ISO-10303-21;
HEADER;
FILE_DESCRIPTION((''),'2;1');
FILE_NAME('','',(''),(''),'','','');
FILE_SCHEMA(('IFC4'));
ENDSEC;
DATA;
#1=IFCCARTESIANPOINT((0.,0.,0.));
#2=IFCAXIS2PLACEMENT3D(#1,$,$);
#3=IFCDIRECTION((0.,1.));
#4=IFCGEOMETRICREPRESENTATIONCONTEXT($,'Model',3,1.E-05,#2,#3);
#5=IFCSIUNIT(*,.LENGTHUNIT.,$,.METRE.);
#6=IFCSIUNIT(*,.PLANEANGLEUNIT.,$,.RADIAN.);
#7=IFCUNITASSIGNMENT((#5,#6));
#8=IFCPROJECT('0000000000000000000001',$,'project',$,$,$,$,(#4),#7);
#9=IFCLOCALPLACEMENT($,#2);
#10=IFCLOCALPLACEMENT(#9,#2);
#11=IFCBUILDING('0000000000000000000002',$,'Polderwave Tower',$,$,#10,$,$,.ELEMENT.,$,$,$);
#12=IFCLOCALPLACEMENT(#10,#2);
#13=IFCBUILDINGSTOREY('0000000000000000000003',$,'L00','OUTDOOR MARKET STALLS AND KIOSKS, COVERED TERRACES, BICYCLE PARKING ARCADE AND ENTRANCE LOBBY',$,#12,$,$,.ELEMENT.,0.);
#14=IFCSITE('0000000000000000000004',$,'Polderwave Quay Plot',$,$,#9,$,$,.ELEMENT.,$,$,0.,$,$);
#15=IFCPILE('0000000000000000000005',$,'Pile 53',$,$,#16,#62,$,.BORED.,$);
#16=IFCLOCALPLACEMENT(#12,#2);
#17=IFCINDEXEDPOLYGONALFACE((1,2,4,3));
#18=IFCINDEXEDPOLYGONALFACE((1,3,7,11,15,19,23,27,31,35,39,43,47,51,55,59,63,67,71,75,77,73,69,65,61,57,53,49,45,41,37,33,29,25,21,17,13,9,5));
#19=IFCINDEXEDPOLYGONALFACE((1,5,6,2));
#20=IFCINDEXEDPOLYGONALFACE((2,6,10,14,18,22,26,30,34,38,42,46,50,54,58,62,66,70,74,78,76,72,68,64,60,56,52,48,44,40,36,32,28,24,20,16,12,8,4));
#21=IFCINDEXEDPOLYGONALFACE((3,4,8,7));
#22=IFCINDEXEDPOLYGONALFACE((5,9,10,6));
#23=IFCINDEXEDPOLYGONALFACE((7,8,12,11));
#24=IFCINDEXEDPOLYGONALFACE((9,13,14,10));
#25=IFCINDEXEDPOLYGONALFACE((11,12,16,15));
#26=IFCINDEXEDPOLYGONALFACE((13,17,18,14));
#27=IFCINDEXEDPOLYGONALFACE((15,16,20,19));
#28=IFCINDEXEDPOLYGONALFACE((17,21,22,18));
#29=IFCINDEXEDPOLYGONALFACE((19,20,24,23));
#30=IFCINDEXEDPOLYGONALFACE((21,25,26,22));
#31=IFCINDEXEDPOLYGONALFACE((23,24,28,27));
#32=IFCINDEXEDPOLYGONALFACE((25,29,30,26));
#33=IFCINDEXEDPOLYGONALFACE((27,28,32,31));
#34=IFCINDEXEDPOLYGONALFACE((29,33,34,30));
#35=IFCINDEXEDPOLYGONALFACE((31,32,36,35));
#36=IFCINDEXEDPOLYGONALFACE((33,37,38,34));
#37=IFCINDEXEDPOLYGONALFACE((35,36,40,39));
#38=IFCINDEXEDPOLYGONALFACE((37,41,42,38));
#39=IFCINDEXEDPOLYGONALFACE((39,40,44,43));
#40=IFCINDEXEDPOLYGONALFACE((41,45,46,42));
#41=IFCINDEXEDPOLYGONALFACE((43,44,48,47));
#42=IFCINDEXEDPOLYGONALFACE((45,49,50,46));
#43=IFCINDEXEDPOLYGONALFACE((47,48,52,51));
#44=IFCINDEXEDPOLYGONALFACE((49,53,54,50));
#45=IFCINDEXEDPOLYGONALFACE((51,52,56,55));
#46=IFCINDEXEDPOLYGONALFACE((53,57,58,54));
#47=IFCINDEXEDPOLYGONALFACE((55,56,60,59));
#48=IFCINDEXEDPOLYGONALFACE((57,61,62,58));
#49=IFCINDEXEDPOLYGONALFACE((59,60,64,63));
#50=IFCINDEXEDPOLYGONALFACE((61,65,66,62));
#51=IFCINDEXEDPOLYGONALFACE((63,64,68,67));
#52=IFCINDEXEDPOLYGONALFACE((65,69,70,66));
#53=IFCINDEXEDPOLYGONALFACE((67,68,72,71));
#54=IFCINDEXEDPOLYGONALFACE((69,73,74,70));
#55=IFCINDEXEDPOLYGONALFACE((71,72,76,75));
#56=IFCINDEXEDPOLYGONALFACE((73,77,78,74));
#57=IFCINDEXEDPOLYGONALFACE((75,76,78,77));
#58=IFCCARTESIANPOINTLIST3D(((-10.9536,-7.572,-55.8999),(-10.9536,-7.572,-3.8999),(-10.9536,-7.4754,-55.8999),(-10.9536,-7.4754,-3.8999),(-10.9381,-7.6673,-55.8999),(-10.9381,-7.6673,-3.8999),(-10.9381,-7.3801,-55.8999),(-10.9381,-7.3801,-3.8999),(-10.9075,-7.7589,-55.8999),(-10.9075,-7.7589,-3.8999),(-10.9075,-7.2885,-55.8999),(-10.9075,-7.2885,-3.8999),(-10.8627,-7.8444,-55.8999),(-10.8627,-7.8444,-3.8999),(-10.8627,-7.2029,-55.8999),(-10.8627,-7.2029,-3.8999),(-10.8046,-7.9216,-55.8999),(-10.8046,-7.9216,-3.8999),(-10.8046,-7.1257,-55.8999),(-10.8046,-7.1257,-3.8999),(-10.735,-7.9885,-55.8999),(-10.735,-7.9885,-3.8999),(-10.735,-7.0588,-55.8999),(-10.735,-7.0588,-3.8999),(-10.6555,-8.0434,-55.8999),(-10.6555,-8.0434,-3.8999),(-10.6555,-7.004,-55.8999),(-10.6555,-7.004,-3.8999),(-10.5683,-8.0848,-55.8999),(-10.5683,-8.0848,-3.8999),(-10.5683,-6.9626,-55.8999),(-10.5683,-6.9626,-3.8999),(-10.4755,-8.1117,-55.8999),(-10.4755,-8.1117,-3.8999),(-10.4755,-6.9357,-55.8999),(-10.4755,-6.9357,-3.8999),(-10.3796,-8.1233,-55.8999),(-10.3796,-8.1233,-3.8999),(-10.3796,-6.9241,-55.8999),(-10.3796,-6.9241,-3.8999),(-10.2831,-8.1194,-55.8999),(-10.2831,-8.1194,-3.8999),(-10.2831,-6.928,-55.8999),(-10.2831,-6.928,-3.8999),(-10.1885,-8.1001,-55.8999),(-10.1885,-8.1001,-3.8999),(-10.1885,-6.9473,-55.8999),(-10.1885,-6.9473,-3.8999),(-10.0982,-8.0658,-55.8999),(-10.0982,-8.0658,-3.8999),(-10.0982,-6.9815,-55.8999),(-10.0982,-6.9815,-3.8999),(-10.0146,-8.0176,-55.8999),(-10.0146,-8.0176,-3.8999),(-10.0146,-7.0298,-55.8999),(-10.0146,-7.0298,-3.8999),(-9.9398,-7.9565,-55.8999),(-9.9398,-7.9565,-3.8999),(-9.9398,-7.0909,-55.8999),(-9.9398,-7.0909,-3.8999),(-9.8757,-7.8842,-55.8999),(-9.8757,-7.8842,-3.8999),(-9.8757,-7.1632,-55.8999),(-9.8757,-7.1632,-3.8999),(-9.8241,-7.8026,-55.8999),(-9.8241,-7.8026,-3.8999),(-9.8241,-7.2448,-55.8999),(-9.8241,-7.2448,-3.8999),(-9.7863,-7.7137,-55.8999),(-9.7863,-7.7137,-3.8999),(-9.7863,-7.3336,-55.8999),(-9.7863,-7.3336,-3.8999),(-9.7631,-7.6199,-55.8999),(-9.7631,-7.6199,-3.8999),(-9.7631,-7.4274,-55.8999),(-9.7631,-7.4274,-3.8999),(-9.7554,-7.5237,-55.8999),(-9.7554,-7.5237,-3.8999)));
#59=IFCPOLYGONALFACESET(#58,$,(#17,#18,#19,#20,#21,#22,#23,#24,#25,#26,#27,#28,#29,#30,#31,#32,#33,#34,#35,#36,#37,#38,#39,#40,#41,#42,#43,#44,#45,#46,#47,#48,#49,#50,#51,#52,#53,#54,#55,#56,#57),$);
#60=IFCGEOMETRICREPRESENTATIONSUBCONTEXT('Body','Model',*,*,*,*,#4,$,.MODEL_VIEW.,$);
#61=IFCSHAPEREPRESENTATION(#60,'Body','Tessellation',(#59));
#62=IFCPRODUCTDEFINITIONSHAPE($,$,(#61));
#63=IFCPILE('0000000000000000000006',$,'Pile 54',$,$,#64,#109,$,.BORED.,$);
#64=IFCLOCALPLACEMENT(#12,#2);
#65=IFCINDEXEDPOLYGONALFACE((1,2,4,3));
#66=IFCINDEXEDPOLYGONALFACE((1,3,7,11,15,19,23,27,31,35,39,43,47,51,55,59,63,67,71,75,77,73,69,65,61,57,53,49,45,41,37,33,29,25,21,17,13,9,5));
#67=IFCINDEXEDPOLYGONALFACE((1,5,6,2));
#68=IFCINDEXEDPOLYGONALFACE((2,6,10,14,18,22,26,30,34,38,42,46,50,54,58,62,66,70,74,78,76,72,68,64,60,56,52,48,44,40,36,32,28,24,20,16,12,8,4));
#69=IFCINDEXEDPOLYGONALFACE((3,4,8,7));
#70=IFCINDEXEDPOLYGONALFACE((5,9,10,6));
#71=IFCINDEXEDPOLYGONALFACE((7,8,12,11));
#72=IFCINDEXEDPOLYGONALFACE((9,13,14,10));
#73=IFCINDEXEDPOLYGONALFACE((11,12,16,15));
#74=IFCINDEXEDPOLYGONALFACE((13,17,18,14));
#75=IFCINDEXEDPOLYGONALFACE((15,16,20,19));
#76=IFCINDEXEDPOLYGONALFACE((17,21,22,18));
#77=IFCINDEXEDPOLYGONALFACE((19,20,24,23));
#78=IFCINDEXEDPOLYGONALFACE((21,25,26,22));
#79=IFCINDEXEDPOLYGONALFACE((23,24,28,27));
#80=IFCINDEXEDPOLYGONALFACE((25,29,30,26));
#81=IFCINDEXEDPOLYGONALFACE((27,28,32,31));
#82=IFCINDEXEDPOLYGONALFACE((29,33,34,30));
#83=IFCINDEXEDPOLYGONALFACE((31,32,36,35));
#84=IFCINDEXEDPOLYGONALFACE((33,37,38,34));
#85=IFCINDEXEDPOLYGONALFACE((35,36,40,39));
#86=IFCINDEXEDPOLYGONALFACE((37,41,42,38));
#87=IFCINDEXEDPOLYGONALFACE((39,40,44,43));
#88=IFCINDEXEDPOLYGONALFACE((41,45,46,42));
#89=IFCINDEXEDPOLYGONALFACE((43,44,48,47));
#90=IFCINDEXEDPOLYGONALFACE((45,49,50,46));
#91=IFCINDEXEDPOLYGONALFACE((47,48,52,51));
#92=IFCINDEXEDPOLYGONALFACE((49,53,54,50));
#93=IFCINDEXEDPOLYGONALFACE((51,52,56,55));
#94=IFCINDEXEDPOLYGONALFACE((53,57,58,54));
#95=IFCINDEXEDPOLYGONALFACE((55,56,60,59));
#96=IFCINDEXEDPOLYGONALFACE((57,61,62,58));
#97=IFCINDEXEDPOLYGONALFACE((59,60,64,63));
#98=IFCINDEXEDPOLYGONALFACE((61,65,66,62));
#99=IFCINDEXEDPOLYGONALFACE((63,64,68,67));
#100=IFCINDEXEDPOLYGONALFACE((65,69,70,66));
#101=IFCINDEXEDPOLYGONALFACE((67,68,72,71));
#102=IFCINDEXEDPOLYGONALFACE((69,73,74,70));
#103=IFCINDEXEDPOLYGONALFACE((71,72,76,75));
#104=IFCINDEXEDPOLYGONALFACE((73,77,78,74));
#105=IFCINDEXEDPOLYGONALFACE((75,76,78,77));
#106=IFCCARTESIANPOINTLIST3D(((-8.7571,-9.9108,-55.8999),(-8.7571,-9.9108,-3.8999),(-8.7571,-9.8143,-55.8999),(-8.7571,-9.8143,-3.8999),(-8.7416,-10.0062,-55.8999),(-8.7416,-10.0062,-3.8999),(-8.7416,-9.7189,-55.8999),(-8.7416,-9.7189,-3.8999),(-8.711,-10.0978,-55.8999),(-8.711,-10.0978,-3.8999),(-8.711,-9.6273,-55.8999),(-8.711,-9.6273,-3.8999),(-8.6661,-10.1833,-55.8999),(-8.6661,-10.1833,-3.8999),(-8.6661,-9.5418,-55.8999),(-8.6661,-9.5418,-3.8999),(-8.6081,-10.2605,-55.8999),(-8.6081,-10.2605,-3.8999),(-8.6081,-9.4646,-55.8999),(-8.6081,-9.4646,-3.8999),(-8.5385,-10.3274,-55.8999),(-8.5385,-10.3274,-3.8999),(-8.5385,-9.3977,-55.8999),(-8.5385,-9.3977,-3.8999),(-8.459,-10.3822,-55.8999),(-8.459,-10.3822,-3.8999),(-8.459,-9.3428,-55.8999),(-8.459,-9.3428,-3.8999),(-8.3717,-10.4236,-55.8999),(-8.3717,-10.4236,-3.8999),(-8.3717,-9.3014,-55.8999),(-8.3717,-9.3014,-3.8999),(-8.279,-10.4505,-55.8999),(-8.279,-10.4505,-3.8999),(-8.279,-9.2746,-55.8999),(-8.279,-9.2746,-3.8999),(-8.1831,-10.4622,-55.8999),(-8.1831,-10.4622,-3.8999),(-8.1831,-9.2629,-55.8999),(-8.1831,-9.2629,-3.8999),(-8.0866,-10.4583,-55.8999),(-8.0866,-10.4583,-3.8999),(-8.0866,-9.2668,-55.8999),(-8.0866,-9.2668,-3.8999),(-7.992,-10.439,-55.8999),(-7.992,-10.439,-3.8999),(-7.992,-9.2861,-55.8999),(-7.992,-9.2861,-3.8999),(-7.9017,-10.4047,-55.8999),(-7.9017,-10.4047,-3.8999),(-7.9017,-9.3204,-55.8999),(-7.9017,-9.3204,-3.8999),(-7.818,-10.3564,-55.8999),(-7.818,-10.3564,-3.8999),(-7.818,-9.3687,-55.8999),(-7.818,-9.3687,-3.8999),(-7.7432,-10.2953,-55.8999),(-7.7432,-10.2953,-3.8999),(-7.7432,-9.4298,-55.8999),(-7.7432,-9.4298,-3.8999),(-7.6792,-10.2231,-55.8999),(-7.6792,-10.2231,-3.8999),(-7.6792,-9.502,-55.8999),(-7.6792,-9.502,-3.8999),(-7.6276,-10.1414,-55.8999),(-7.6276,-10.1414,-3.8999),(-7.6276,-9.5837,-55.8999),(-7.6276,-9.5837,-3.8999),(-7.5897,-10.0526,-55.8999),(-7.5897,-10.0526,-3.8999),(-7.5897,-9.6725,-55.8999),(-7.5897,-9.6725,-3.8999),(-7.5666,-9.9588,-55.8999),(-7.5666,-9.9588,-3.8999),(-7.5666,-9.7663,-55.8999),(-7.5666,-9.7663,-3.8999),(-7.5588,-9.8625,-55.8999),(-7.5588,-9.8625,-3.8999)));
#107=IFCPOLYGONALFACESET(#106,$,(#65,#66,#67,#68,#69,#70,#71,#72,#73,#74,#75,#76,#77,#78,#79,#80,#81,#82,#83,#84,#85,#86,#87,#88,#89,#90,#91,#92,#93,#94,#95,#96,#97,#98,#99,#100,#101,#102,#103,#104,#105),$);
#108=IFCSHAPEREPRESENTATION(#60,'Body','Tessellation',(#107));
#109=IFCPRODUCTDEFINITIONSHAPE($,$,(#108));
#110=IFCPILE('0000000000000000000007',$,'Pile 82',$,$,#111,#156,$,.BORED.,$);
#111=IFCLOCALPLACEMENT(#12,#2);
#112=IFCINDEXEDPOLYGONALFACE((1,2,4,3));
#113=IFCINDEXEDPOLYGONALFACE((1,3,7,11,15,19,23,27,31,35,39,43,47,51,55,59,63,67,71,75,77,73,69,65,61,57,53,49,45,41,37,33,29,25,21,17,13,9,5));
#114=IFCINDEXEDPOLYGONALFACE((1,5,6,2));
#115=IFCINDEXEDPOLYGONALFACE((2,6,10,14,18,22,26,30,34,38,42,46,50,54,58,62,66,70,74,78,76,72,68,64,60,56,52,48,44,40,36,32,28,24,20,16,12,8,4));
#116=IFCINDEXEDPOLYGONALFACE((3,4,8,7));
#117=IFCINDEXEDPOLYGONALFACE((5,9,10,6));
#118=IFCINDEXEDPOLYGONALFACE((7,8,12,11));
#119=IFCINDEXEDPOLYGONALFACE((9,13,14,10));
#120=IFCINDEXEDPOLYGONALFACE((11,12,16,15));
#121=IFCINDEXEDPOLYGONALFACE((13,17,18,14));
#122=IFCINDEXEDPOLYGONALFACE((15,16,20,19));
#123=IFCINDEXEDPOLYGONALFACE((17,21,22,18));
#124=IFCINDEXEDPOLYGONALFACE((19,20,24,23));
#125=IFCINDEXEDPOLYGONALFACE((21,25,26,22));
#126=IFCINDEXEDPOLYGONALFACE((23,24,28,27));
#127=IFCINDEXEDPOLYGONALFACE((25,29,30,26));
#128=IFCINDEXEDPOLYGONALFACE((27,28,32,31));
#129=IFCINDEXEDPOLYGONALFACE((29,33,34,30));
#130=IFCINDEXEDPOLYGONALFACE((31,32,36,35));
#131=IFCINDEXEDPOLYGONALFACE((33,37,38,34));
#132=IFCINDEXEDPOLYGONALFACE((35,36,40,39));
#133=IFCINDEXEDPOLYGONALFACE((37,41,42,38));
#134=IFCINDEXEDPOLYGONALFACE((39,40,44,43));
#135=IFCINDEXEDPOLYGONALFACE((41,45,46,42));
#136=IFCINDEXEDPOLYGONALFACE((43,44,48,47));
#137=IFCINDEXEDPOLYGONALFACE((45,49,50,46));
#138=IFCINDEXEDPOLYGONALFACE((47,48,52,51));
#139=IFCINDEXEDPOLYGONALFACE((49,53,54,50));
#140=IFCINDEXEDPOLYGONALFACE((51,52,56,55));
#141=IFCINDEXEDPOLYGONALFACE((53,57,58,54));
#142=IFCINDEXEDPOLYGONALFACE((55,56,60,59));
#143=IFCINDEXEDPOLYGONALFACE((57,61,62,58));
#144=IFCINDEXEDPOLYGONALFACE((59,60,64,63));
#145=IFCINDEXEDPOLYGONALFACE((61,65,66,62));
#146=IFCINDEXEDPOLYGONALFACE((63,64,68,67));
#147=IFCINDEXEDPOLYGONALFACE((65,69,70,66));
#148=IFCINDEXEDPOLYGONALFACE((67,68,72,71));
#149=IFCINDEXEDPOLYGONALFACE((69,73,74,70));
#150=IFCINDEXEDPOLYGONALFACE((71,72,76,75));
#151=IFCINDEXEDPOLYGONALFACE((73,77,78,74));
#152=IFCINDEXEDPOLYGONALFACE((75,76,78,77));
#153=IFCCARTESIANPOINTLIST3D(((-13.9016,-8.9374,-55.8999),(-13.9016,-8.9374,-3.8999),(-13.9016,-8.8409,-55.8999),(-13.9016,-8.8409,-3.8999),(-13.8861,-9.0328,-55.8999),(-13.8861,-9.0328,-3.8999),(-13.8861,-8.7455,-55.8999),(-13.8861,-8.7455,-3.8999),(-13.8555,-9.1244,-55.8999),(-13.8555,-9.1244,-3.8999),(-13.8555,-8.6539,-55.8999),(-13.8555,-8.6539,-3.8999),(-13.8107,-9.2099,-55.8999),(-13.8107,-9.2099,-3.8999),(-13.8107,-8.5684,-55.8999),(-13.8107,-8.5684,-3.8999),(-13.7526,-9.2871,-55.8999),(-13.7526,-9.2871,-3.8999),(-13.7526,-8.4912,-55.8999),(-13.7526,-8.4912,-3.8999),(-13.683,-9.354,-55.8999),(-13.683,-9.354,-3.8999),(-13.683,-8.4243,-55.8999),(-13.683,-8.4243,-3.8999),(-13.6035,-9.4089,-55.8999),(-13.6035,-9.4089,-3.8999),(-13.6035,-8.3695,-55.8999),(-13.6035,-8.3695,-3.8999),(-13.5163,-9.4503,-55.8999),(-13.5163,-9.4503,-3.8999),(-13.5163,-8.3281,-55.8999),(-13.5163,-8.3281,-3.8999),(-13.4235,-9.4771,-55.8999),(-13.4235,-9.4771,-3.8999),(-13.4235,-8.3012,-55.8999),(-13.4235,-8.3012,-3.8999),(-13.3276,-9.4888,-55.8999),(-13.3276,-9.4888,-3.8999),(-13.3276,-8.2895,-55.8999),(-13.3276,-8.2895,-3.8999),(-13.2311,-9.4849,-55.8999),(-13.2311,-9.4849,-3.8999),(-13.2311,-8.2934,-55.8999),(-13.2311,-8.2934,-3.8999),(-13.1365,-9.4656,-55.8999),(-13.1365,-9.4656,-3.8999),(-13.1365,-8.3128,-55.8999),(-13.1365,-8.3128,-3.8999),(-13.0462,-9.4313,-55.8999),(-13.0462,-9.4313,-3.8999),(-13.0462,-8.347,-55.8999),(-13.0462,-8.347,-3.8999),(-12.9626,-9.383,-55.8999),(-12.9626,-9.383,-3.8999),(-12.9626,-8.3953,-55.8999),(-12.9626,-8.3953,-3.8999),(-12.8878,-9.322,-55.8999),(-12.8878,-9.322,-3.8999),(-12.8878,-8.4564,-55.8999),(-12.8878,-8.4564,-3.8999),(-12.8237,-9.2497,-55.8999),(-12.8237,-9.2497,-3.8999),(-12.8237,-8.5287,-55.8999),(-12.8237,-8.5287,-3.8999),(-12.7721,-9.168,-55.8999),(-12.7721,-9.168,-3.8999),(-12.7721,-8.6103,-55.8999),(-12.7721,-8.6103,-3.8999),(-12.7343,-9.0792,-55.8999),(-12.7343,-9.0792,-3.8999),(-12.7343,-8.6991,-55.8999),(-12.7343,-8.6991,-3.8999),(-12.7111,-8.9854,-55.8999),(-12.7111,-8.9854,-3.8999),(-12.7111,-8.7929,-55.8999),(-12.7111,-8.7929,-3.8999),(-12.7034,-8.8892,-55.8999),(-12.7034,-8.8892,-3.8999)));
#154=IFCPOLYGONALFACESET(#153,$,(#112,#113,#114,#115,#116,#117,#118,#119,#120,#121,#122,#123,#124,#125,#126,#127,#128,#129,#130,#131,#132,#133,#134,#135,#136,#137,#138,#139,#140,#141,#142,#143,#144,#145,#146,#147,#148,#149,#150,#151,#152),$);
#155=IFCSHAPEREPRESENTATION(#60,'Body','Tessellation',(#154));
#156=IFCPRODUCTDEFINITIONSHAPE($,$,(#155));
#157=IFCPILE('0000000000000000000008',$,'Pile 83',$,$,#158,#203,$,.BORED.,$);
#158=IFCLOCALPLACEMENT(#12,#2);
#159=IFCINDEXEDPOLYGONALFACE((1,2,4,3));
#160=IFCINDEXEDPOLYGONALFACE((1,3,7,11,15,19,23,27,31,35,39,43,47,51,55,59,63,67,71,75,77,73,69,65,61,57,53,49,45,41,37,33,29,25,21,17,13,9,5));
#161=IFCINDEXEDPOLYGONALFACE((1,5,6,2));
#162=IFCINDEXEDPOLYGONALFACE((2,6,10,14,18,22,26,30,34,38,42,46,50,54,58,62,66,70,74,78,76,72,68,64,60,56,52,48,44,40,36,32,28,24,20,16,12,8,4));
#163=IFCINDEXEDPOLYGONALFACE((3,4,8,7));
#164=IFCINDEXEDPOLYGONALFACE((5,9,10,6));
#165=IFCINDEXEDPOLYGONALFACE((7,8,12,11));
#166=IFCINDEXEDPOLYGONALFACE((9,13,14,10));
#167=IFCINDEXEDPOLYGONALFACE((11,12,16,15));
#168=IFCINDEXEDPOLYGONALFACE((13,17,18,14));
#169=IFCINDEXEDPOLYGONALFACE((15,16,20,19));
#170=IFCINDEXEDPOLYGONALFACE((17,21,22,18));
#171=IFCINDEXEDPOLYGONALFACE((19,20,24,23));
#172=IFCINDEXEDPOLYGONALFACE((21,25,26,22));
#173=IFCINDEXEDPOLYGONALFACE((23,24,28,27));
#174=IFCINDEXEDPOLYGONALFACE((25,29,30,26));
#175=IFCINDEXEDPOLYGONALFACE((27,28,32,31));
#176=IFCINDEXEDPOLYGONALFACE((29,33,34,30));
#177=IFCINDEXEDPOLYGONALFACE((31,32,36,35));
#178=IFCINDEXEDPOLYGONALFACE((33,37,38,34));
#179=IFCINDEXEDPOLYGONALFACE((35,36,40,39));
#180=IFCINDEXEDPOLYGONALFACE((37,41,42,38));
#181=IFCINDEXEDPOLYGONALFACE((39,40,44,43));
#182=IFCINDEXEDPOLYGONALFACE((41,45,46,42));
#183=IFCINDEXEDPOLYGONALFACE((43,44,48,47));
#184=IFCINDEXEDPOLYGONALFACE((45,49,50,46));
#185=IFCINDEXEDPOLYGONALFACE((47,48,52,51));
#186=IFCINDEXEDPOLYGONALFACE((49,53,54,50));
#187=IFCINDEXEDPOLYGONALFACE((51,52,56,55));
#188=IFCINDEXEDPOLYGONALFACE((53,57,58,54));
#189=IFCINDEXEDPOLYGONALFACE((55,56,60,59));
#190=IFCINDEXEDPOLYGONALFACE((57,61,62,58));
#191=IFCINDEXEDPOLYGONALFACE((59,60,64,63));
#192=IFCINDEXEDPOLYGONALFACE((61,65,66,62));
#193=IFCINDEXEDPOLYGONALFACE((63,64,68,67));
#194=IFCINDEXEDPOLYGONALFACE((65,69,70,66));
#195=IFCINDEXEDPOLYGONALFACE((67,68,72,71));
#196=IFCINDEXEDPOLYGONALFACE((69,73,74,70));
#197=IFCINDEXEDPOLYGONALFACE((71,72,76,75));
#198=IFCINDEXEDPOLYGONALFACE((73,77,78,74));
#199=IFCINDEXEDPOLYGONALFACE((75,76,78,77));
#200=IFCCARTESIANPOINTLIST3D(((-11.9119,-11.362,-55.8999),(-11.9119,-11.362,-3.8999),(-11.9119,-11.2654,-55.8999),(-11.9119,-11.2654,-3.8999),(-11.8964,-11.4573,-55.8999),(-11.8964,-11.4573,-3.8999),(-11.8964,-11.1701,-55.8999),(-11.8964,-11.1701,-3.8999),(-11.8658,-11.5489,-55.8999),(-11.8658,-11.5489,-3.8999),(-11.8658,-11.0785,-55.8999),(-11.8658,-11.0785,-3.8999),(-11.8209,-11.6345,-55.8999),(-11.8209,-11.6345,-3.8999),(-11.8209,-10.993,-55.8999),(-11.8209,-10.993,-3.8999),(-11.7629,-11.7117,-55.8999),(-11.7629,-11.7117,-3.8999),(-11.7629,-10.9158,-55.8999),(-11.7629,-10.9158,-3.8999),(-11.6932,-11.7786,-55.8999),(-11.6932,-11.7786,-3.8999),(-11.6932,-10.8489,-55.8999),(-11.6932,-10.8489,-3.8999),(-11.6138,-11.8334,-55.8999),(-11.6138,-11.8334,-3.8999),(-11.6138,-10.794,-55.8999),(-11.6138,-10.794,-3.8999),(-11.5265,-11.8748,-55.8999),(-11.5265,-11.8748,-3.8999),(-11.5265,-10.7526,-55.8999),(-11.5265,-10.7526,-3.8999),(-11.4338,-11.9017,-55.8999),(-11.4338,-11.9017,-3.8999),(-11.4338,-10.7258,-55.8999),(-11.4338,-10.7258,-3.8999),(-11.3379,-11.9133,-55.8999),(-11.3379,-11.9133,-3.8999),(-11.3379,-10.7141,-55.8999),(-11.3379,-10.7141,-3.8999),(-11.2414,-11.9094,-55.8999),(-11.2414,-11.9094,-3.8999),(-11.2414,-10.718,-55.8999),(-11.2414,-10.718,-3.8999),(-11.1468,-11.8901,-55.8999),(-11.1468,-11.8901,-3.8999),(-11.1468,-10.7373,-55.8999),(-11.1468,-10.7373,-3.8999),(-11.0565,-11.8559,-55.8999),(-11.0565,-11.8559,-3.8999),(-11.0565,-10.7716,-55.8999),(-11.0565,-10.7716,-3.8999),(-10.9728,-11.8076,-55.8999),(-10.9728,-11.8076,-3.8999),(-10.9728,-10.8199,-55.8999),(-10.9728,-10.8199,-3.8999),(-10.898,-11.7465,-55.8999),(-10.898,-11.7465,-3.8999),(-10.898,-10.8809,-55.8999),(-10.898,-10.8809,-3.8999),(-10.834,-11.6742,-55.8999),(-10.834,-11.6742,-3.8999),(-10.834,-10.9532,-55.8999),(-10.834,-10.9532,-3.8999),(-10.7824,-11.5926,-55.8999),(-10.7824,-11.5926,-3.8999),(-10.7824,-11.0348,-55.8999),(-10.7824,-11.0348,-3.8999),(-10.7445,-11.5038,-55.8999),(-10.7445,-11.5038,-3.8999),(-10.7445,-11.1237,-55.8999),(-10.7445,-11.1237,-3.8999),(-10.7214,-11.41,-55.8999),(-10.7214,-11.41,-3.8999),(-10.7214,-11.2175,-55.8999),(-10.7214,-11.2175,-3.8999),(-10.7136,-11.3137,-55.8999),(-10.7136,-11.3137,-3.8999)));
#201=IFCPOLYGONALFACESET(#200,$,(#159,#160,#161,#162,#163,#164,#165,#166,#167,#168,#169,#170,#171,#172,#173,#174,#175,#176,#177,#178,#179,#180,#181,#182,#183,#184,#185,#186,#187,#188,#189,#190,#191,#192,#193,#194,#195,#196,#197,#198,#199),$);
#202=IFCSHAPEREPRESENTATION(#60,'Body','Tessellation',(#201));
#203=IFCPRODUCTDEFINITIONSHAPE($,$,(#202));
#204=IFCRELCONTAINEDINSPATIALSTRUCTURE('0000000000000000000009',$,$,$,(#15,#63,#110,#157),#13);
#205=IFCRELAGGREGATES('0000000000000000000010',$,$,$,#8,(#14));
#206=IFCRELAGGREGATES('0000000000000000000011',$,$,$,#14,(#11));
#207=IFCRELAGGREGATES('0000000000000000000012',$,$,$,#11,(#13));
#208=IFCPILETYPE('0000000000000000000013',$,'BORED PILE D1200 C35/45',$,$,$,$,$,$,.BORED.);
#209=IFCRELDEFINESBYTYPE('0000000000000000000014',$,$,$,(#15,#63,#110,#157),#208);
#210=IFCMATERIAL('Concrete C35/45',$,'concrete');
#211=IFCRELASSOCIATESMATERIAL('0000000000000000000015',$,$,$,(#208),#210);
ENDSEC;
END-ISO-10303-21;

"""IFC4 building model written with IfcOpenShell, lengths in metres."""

from ifc_helpers import new_model, si_unit, direction, frame, origin, origin_2d, place, context, subcontext, project, spatial, circle, extrude, material, material_profile, profile_set, type_object, element, save


model = new_model("IFC4")

# Units and contexts
model_context = context("Model", 3, precision=1e-05, world=origin(), true_north=direction((0.0, 1.0)))
body_context = subcontext(model_context, "Body", "Model", "MODEL_VIEW")
ifc_project = project(units=[si_unit("LENGTHUNIT", "METRE"), si_unit("PLANEANGLEUNIT", "RADIAN")], contexts=[model_context])

# Site, building, storey
site_placement = place(None, origin())
site = spatial("IfcSite", under=ifc_project, at=site_placement, Name="Polderwave Quay Plot", CompositionType="ELEMENT", RefElevation=0.0)
building_placement = place(site_placement, origin())
building = spatial("IfcBuilding", under=site, at=building_placement, Name="Polderwave Tower", CompositionType="ELEMENT")
storey_placement = place(building_placement, origin())
storey = spatial("IfcBuildingStorey", under=building, at=storey_placement, Name="L00", Description="OUTDOOR MARKET STALLS AND KIOSKS, COVERED TERRACES, BICYCLE PARKING ARCADE AND ENTRANCE LOBBY", CompositionType="ELEMENT", Elevation=0.0)

# Piles
ifc_material_1 = material(Name="Concrete C35/45", Category="concrete")
ifc_material_profile_1 = material_profile(ifc_material_1, circle(Radius=0.6001, at=origin_2d()), Name="BORED D1200")
ifc_profile_set_1 = profile_set([ifc_material_profile_1], Name="Concrete C35/45")
pile_type = type_object("IfcPileType", Name="BORED PILE D1200 C35/45", PredefinedType="BORED", material=ifc_profile_set_1)
for number, where, z_axis, x_axis, name in (
    (1, (-10.3555, -7.5237, -3.8999), (0.0, 0.0, -1.0), (1.0, 0.0, 0.0), "Pile 53"),
    (2, (-8.1589, -9.8625, -3.8999), (0.0, 0.0, -1.0), (1.0, 0.0, 0.0), "Pile 54"),
    (3, (-13.3035, -8.8892, -3.8999), (0.0, 0.0, -1.0), (1.0, 0.0, 0.0), "Pile 82"),
    (4, (-11.3137, -11.3137, -3.8999), (0.0, 0.0, -1.0), (1.0, 0.0, 0.0), "Pile 83"),
):
    element("IfcPile", number, at=place(storey_placement, frame(where, z_axis=z_axis, x_axis=x_axis)), inside=storey, type_object=pile_type, Name=name, PredefinedType="BORED", context=body_context, shape_type="SweptSolid", body=[
        extrude(circle(Radius=0.6001, at=origin_2d()), origin(), (0.0, 0.0, 1.0), 52.0),
    ])

save(model, "model.ifc")
